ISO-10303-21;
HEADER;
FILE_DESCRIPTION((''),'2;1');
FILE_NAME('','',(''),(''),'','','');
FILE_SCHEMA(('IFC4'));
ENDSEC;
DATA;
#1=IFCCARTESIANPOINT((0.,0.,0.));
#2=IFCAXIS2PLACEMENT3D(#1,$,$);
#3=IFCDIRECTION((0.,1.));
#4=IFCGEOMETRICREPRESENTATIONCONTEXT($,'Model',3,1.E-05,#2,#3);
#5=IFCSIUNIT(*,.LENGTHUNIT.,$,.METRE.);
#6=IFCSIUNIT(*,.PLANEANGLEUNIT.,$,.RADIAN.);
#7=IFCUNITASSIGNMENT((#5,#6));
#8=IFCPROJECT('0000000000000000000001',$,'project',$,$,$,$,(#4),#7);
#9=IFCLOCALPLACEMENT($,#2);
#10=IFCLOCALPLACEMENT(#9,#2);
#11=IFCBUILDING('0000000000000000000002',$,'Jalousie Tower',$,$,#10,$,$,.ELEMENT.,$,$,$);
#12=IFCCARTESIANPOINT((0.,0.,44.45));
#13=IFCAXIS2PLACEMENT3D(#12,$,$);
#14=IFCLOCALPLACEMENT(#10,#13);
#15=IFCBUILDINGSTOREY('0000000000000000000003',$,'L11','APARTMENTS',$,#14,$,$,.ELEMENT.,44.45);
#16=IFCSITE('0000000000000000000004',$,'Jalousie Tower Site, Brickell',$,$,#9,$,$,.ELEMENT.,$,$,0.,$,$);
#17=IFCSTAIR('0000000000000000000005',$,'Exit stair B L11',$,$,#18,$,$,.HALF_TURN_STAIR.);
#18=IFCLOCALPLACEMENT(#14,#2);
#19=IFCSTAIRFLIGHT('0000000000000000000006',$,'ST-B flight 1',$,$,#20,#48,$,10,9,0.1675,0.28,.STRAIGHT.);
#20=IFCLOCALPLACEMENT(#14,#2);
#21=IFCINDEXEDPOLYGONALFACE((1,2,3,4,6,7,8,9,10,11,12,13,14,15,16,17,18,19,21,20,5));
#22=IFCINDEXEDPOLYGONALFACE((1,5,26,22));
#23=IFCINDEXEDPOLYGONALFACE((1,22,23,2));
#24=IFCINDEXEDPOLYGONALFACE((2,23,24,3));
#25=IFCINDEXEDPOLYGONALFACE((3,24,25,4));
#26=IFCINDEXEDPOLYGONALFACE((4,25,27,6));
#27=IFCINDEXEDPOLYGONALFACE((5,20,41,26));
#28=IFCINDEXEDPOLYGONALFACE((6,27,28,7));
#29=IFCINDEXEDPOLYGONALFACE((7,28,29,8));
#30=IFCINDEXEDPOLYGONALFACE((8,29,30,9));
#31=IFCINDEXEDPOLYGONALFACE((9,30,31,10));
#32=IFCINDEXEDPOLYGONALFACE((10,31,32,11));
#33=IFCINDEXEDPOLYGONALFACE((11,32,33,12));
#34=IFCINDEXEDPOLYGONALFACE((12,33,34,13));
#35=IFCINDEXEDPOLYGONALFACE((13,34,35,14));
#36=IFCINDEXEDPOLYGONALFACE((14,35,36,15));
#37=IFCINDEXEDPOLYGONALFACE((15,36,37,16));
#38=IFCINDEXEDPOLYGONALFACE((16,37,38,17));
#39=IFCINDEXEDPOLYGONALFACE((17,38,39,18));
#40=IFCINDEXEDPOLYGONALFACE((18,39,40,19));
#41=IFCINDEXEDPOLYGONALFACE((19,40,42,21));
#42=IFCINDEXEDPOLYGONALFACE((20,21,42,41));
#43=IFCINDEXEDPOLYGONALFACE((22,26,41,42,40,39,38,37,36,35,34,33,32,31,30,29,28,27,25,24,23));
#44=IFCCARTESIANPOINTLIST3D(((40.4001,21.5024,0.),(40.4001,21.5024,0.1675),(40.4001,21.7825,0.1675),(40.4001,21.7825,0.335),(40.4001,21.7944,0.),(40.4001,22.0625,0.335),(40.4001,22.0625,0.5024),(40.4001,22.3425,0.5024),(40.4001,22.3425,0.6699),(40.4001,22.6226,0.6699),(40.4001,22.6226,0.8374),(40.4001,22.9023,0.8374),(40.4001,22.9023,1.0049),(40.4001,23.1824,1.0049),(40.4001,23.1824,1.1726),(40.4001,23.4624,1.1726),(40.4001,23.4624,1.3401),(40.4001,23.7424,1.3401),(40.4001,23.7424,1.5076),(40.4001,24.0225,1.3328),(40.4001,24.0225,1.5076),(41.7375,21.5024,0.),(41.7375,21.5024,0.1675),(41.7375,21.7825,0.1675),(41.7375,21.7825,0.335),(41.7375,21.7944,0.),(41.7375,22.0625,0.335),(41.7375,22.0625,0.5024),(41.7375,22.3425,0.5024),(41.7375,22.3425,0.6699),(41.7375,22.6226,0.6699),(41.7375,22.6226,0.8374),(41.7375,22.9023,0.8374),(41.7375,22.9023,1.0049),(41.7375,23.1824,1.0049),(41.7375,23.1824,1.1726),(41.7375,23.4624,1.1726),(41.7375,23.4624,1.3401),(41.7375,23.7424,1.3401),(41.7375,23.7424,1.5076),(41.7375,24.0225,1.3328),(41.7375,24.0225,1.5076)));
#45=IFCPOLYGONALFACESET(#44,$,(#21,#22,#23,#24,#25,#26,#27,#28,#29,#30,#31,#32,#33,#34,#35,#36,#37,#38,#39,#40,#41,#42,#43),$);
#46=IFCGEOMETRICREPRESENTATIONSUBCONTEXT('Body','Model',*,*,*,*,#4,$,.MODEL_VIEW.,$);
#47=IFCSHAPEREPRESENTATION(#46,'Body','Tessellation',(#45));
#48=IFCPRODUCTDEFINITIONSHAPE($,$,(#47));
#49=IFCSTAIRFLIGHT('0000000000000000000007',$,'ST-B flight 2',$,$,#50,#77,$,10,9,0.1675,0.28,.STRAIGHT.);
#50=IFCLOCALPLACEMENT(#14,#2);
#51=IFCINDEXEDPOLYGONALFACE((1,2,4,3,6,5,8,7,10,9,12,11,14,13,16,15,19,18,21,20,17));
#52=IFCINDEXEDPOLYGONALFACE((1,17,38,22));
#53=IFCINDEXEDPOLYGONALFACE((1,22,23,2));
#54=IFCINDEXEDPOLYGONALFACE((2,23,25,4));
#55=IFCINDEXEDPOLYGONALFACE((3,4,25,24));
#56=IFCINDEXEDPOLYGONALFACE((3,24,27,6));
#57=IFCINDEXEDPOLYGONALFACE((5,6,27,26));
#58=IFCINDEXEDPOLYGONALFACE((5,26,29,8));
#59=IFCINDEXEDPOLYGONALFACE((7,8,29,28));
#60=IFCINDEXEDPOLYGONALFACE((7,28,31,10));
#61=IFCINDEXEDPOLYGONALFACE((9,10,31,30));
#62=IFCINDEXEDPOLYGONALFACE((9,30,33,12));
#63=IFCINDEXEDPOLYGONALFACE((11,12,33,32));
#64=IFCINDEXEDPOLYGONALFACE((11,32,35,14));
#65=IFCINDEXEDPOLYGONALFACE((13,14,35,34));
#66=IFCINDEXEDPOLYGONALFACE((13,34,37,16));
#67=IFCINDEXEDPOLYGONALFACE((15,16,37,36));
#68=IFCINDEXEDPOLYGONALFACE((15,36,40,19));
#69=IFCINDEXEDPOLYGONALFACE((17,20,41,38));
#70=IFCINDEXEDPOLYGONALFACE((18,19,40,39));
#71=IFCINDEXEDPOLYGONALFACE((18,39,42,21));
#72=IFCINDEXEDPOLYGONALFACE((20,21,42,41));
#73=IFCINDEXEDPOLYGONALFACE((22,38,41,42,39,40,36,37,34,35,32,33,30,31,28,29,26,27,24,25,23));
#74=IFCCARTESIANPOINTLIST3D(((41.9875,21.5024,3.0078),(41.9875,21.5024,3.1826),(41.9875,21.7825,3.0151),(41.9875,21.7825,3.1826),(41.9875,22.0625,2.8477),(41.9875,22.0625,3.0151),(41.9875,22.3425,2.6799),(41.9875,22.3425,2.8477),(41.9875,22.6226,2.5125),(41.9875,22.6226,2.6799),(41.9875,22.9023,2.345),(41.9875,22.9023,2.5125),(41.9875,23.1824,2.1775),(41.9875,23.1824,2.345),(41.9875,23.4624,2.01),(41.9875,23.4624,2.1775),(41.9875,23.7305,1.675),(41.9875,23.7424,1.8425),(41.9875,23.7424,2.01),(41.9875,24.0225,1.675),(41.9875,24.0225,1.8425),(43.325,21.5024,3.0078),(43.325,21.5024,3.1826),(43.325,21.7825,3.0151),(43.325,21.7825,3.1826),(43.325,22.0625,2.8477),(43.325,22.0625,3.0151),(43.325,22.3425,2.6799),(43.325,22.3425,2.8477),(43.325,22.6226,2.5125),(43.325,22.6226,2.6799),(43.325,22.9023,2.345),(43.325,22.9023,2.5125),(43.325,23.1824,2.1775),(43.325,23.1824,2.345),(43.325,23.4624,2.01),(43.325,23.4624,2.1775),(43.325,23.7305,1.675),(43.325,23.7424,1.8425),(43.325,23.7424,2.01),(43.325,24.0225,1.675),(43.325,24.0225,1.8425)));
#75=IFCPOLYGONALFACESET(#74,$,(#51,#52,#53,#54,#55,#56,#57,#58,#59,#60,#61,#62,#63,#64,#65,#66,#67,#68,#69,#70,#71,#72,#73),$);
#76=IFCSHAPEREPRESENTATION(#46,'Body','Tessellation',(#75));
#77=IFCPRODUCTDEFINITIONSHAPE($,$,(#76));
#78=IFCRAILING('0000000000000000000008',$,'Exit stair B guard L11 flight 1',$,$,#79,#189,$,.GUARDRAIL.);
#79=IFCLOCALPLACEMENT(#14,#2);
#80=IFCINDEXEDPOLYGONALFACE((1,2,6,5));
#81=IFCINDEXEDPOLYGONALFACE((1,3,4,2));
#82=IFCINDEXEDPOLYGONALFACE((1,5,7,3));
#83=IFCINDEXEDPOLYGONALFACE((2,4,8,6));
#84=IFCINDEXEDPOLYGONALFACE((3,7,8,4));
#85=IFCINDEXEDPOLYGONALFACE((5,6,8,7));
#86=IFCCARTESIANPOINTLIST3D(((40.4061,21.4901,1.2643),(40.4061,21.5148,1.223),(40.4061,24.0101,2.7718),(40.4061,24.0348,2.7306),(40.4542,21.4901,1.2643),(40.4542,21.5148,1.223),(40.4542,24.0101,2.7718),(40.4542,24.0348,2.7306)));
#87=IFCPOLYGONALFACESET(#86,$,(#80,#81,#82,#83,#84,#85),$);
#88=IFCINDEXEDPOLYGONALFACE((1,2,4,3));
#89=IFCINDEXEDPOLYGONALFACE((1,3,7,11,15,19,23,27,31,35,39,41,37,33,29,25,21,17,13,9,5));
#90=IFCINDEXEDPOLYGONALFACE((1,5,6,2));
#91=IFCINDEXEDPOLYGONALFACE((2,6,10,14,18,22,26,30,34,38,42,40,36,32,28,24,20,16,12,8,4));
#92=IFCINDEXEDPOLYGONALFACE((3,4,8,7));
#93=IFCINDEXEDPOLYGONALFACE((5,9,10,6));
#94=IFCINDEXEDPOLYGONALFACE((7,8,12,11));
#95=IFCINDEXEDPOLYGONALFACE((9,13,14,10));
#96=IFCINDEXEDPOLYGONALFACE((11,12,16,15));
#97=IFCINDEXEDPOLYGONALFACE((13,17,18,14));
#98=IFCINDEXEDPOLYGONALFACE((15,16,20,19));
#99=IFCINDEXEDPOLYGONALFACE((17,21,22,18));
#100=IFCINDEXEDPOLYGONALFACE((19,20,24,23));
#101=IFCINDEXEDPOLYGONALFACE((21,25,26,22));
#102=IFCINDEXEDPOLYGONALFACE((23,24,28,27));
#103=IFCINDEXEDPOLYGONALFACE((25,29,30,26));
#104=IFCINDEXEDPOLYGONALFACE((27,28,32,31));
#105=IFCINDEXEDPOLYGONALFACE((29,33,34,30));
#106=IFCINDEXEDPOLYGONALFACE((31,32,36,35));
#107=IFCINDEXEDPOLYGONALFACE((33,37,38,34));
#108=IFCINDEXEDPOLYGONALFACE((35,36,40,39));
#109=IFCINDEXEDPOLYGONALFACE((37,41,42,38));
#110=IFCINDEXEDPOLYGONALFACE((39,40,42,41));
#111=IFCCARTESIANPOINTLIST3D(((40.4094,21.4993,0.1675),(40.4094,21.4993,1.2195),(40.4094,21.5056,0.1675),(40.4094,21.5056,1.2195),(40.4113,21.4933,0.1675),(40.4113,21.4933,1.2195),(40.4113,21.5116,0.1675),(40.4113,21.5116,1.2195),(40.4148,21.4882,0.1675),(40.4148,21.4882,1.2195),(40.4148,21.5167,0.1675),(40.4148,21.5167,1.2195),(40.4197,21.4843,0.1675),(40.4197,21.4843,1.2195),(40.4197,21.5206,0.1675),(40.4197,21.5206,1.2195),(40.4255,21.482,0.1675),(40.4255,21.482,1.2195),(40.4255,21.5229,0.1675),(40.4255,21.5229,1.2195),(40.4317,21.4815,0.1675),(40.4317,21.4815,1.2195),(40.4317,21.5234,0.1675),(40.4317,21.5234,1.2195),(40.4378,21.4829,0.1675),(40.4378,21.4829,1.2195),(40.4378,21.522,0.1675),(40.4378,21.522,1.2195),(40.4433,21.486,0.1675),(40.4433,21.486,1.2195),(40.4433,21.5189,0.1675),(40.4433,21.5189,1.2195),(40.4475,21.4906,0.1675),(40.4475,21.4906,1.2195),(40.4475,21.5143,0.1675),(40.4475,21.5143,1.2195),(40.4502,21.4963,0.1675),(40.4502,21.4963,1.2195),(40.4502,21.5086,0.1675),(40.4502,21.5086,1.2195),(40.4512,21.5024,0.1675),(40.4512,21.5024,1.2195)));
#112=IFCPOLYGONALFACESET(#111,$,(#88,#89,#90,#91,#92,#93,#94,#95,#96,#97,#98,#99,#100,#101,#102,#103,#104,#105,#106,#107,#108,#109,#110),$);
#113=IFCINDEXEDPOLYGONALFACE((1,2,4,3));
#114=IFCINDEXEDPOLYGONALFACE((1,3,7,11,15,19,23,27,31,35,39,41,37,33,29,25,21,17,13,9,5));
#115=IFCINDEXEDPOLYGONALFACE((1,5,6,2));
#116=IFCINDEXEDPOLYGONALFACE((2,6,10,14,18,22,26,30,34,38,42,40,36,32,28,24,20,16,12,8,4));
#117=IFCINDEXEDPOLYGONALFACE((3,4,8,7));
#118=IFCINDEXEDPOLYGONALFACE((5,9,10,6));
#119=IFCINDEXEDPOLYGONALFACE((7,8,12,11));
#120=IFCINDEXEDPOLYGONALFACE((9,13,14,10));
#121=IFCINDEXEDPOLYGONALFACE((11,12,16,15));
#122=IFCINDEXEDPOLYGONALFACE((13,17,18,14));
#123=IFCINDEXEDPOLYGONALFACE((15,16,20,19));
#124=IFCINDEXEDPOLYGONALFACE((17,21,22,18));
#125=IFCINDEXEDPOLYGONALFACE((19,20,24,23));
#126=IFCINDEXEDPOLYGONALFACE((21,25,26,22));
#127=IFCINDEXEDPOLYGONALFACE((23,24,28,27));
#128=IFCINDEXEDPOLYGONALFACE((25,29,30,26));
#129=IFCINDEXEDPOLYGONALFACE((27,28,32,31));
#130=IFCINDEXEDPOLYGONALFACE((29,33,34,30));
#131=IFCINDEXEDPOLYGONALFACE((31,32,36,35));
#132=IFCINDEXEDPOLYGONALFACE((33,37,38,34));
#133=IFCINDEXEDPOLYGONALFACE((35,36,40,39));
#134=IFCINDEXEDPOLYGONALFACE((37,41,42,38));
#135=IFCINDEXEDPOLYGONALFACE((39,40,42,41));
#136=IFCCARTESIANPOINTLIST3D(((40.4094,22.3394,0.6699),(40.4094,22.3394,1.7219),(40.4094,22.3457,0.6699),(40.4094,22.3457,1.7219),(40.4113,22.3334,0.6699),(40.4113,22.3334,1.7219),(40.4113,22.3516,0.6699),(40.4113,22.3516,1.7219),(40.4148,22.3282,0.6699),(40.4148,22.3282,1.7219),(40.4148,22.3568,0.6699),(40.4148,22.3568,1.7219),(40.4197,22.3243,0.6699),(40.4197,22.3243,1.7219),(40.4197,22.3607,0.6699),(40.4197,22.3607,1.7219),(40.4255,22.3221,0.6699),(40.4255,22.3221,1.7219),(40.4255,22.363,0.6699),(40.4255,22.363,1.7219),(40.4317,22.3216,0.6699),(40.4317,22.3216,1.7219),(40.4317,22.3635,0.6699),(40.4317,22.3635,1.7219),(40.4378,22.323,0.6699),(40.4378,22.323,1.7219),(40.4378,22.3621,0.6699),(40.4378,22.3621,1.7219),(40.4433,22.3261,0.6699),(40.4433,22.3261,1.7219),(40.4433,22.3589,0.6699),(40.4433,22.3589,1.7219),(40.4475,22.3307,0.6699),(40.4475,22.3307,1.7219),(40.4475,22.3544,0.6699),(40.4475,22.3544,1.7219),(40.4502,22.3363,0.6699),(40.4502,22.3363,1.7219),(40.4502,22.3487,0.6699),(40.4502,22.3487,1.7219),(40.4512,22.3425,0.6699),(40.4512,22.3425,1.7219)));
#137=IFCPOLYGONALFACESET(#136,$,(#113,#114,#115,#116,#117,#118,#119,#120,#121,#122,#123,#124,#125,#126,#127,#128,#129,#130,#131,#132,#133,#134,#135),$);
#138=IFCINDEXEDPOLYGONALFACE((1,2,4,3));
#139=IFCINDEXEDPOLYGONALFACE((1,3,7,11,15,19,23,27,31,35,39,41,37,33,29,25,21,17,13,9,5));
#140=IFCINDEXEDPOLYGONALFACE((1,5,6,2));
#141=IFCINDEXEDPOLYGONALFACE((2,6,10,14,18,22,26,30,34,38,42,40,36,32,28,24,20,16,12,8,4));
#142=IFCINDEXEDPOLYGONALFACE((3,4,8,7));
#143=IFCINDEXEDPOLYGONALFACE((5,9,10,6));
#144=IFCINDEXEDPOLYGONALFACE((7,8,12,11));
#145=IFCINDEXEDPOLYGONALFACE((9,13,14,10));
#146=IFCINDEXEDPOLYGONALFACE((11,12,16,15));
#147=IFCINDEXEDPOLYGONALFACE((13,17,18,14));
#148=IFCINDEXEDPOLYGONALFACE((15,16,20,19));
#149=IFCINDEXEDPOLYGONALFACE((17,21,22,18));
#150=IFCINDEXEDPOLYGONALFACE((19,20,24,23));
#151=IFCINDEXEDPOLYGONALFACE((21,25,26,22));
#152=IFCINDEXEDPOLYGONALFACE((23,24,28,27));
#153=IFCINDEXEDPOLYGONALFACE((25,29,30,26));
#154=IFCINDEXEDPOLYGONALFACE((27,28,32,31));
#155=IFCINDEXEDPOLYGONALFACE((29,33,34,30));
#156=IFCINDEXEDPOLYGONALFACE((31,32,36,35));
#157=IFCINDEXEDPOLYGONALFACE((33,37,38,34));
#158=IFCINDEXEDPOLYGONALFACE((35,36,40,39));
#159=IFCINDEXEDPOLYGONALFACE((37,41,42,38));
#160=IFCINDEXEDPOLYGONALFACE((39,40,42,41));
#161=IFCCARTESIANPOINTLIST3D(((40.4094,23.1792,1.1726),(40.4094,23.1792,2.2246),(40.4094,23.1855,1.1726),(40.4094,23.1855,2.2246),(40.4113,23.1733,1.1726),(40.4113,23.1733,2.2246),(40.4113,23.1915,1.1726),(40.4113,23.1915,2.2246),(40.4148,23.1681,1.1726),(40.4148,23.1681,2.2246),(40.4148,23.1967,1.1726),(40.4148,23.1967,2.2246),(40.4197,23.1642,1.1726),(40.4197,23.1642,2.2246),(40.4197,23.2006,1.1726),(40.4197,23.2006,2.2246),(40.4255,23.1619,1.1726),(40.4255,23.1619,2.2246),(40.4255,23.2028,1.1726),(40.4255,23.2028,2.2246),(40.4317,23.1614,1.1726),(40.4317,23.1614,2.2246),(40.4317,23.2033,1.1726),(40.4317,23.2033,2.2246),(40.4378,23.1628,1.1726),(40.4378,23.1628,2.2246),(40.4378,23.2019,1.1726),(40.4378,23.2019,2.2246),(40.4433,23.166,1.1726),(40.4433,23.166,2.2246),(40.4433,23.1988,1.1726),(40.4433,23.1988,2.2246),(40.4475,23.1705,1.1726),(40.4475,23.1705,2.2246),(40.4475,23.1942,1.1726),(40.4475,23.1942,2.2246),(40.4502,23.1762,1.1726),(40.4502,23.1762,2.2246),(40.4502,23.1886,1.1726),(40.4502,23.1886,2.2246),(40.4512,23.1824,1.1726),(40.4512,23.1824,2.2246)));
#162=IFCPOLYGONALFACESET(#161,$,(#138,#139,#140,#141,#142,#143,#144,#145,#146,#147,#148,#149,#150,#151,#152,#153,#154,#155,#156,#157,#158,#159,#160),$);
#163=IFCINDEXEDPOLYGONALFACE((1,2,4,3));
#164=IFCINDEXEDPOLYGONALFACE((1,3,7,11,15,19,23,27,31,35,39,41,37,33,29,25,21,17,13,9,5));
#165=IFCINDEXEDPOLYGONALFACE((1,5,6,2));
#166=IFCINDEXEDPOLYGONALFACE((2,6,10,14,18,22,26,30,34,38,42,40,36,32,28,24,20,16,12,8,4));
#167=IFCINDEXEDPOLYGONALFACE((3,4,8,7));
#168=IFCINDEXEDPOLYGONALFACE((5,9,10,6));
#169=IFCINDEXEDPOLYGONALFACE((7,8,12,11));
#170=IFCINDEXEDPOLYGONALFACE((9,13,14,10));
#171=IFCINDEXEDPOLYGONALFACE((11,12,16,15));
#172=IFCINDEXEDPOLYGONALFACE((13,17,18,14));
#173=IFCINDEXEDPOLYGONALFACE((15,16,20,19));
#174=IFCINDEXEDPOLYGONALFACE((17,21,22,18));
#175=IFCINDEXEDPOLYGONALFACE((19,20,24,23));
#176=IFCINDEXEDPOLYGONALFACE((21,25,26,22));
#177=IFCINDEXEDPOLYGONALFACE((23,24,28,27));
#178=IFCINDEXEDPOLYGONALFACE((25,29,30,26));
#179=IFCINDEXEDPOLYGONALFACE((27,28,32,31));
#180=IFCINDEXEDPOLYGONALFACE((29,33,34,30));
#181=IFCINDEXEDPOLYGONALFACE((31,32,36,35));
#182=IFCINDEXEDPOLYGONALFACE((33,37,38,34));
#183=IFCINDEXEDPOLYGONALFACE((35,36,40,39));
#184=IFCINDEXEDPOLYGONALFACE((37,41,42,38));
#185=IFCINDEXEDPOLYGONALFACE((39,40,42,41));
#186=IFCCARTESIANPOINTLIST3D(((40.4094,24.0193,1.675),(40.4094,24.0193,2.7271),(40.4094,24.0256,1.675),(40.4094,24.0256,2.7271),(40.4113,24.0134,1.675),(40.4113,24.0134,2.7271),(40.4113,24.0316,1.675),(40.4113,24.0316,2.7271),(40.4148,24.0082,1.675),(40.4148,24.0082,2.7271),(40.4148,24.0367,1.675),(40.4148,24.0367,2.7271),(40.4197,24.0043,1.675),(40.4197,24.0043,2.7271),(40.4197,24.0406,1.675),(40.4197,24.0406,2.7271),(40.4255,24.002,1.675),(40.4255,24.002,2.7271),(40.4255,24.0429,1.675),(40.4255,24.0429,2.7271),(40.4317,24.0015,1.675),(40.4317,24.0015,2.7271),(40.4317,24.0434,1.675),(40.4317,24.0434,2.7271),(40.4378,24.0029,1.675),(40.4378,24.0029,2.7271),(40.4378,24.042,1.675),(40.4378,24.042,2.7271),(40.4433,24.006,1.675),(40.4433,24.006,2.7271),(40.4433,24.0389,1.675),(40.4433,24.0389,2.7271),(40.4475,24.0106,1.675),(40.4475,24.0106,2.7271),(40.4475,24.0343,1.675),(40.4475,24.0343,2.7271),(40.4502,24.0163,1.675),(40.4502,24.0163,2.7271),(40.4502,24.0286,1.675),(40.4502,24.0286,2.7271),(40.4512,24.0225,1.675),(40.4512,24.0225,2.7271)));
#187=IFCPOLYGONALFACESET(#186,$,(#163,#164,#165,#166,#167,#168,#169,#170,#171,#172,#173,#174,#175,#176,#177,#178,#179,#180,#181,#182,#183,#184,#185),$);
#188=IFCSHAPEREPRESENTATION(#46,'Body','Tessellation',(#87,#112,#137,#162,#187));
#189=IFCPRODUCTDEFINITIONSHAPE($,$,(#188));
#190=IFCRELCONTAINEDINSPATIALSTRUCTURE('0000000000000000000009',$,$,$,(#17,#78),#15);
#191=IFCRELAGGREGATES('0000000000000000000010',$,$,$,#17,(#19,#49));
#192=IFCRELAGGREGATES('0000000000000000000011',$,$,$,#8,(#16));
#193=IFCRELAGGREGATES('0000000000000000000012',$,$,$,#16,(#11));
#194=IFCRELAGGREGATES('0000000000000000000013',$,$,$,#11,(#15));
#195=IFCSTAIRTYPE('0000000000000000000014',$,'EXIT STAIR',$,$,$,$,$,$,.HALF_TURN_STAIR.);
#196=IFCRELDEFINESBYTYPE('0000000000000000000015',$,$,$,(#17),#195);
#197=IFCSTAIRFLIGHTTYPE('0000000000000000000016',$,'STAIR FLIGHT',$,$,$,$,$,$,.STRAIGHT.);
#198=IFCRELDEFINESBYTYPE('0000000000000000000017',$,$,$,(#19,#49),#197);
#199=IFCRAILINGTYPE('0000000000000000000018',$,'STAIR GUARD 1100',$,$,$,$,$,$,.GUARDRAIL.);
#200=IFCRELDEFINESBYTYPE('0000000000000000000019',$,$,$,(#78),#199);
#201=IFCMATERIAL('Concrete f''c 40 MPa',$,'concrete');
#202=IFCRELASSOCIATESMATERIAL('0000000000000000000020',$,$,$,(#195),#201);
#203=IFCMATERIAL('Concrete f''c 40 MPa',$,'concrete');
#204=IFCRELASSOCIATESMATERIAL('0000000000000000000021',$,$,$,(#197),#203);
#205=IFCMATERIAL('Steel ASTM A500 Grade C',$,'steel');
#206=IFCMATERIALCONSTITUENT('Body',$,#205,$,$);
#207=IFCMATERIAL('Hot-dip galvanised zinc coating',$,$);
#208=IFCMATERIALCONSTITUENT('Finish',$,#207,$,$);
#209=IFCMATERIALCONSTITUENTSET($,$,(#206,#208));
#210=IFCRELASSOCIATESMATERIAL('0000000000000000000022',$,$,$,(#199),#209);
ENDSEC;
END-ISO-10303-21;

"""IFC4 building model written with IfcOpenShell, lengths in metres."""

from ifc_helpers import new_model, si_unit, direction, frame, origin, origin_2d, place, context, subcontext, project, spatial, polyline, rectangle, circle, outline, extrude, material, constituent, constituent_set, type_object, element, aggregate, save


model = new_model("IFC4")

# Units and contexts
model_context = context("Model", 3, precision=1e-05, world=origin(), true_north=direction((0.0, 1.0)))
body_context = subcontext(model_context, "Body", "Model", "MODEL_VIEW")
ifc_project = project(units=[si_unit("LENGTHUNIT", "METRE"), si_unit("PLANEANGLEUNIT", "RADIAN")], contexts=[model_context])

# Site, building, storey
site_placement = place(None, origin())
site = spatial("IfcSite", under=ifc_project, at=site_placement, Name="Jalousie Tower Site, Brickell", CompositionType="ELEMENT", RefElevation=0.0)
building_placement = place(site_placement, origin())
building = spatial("IfcBuilding", under=site, at=building_placement, Name="Jalousie Tower", CompositionType="ELEMENT")
storey_placement = place(building_placement, frame((0.0, 0.0, 44.45)))
storey = spatial("IfcBuildingStorey", under=building, at=storey_placement, Name="L11", Description="APARTMENTS", CompositionType="ELEMENT", Elevation=44.45)

# Stair, stair flights
ifc_material_1 = material(Name="Concrete f'c 40 MPa", Category="concrete")
stair_type = type_object("IfcStairType", Name="EXIT STAIR", PredefinedType="HALF_TURN_STAIR", material=ifc_material_1)
stair_placement = place(storey_placement, origin())
stair = element("IfcStair", 1, at=stair_placement, inside=storey, type_object=stair_type, Name="Exit stair B L11", PredefinedType="HALF_TURN_STAIR")
ifc_material_2 = material(Name="Concrete f'c 40 MPa", Category="concrete")
stair_flight_type = type_object("IfcStairFlightType", Name="STAIR FLIGHT", PredefinedType="STRAIGHT", material=ifc_material_2)
stair_flight_1_placement = place(storey_placement, frame((41.0688, 21.5024, 0.0), z_axis=(0.0, 0.0, 1.0), x_axis=(0.0, 1.0, 0.0)))
stair_flight_1 = element("IfcStairFlight", 2, at=stair_flight_1_placement, type_object=stair_flight_type, Name="ST-B flight 1", NumberOfRisers=10, NumberOfTreads=9, PredefinedType="STRAIGHT", RiserHeight=0.1675, TreadLength=0.28, context=body_context, shape_type="SweptSolid", body=[
    extrude(outline(polyline([(0.0, 0.0), (0.0, 0.1675), (0.28, 0.1675), (0.28, 0.335), (0.5601, 0.335), (0.5601, 0.5024), (0.8401, 0.5024), (0.8401, 0.6699), (1.1201, 0.6699), (1.1201, 0.8374), (1.3999, 0.8374), (1.3999, 1.0049), (1.6799, 1.0049), (1.6799, 1.1726), (1.96, 1.1726), (1.96, 1.3401), (2.24, 1.3401), (2.24, 1.5076), (2.52, 1.5076), (2.52, 1.675), (2.52, 1.3328), (0.292, 0.0), (0.0, 0.0)])), frame((0.0, 0.6687, 0.0), z_axis=(0.0, -1.0, 0.0), x_axis=(1.0, 0.0, 0.0)), (0.0, 0.0, 1.0), 1.3374),
])
stair_flight_2_placement = place(storey_placement, frame((42.6562, 24.0225, 1.675), z_axis=(0.0, 0.0, 1.0), x_axis=(0.0, -1.0, 0.0)))
stair_flight_2 = element("IfcStairFlight", 3, at=stair_flight_2_placement, type_object=stair_flight_type, Name="ST-B flight 2", NumberOfRisers=10, NumberOfTreads=9, PredefinedType="STRAIGHT", RiserHeight=0.1675, TreadLength=0.28, context=body_context, shape_type="SweptSolid", body=[
    extrude(outline(polyline([(0.0, 0.0), (0.0, 0.1675), (0.28, 0.1675), (0.28, 0.335), (0.5601, 0.335), (0.5601, 0.5024), (0.8401, 0.5024), (0.8401, 0.6699), (1.1201, 0.6699), (1.1201, 0.8374), (1.3999, 0.8374), (1.3999, 1.0049), (1.6799, 1.0049), (1.6799, 1.1726), (1.96, 1.1726), (1.96, 1.3401), (2.24, 1.3401), (2.24, 1.5076), (2.52, 1.5076), (2.52, 1.675), (2.52, 1.3328), (0.292, 0.0), (0.0, 0.0)])), frame((0.0, 0.6687, 0.0), z_axis=(0.0, -1.0, 0.0), x_axis=(1.0, 0.0, 0.0)), (0.0, 0.0, 1.0), 1.3374),
])
aggregate(stair, [stair_flight_1, stair_flight_2])

# Railing
ifc_material_3 = material(Name="Steel ASTM A500 Grade C", Category="steel")
ifc_constituent_1 = constituent(ifc_material_3, Name="Body")
ifc_material_4 = material(Name="Hot-dip galvanised zinc coating")
ifc_constituent_2 = constituent(ifc_material_4, Name="Finish")
ifc_constituent_set_1 = constituent_set(constituents=[ifc_constituent_1, ifc_constituent_2])
railing_type_1 = type_object("IfcRailingType", Name="STAIR GUARD 1100", PredefinedType="GUARDRAIL", material=ifc_constituent_set_1)
railing_1_placement = place(storey_placement, frame((40.4302, 21.5024, 0.1675)))
element("IfcRailing", 4, at=railing_1_placement, inside=storey, type_object=railing_type_1, Name="Exit stair B guard L11 flight 1", PredefinedType="GUARDRAIL", context=body_context, shape_type="SweptSolid", body=[
    extrude(rectangle(XDim=0.0481, YDim=0.0481, at=origin_2d()), frame((0.0, 0.0, 1.0762), z_axis=(0.0, 0.85816, 0.513383), x_axis=(-1.0, 0.0, 0.0)), (0.0, 0.0, 1.0), 2.9365),
    extrude(circle(Radius=0.021, at=origin_2d()), origin(), (0.0, 0.0, 1.0), 1.052),
    extrude(circle(Radius=0.021, at=origin_2d()), frame((0.0, 0.8401, 0.5024)), (0.0, 0.0, 1.0), 1.052),
    extrude(circle(Radius=0.021, at=origin_2d()), frame((0.0, 1.6799, 1.0051)), (0.0, 0.0, 1.0), 1.052),
    extrude(circle(Radius=0.021, at=origin_2d()), frame((0.0, 2.52, 1.5076)), (0.0, 0.0, 1.0), 1.052),
])

save(model, "model.ifc")
